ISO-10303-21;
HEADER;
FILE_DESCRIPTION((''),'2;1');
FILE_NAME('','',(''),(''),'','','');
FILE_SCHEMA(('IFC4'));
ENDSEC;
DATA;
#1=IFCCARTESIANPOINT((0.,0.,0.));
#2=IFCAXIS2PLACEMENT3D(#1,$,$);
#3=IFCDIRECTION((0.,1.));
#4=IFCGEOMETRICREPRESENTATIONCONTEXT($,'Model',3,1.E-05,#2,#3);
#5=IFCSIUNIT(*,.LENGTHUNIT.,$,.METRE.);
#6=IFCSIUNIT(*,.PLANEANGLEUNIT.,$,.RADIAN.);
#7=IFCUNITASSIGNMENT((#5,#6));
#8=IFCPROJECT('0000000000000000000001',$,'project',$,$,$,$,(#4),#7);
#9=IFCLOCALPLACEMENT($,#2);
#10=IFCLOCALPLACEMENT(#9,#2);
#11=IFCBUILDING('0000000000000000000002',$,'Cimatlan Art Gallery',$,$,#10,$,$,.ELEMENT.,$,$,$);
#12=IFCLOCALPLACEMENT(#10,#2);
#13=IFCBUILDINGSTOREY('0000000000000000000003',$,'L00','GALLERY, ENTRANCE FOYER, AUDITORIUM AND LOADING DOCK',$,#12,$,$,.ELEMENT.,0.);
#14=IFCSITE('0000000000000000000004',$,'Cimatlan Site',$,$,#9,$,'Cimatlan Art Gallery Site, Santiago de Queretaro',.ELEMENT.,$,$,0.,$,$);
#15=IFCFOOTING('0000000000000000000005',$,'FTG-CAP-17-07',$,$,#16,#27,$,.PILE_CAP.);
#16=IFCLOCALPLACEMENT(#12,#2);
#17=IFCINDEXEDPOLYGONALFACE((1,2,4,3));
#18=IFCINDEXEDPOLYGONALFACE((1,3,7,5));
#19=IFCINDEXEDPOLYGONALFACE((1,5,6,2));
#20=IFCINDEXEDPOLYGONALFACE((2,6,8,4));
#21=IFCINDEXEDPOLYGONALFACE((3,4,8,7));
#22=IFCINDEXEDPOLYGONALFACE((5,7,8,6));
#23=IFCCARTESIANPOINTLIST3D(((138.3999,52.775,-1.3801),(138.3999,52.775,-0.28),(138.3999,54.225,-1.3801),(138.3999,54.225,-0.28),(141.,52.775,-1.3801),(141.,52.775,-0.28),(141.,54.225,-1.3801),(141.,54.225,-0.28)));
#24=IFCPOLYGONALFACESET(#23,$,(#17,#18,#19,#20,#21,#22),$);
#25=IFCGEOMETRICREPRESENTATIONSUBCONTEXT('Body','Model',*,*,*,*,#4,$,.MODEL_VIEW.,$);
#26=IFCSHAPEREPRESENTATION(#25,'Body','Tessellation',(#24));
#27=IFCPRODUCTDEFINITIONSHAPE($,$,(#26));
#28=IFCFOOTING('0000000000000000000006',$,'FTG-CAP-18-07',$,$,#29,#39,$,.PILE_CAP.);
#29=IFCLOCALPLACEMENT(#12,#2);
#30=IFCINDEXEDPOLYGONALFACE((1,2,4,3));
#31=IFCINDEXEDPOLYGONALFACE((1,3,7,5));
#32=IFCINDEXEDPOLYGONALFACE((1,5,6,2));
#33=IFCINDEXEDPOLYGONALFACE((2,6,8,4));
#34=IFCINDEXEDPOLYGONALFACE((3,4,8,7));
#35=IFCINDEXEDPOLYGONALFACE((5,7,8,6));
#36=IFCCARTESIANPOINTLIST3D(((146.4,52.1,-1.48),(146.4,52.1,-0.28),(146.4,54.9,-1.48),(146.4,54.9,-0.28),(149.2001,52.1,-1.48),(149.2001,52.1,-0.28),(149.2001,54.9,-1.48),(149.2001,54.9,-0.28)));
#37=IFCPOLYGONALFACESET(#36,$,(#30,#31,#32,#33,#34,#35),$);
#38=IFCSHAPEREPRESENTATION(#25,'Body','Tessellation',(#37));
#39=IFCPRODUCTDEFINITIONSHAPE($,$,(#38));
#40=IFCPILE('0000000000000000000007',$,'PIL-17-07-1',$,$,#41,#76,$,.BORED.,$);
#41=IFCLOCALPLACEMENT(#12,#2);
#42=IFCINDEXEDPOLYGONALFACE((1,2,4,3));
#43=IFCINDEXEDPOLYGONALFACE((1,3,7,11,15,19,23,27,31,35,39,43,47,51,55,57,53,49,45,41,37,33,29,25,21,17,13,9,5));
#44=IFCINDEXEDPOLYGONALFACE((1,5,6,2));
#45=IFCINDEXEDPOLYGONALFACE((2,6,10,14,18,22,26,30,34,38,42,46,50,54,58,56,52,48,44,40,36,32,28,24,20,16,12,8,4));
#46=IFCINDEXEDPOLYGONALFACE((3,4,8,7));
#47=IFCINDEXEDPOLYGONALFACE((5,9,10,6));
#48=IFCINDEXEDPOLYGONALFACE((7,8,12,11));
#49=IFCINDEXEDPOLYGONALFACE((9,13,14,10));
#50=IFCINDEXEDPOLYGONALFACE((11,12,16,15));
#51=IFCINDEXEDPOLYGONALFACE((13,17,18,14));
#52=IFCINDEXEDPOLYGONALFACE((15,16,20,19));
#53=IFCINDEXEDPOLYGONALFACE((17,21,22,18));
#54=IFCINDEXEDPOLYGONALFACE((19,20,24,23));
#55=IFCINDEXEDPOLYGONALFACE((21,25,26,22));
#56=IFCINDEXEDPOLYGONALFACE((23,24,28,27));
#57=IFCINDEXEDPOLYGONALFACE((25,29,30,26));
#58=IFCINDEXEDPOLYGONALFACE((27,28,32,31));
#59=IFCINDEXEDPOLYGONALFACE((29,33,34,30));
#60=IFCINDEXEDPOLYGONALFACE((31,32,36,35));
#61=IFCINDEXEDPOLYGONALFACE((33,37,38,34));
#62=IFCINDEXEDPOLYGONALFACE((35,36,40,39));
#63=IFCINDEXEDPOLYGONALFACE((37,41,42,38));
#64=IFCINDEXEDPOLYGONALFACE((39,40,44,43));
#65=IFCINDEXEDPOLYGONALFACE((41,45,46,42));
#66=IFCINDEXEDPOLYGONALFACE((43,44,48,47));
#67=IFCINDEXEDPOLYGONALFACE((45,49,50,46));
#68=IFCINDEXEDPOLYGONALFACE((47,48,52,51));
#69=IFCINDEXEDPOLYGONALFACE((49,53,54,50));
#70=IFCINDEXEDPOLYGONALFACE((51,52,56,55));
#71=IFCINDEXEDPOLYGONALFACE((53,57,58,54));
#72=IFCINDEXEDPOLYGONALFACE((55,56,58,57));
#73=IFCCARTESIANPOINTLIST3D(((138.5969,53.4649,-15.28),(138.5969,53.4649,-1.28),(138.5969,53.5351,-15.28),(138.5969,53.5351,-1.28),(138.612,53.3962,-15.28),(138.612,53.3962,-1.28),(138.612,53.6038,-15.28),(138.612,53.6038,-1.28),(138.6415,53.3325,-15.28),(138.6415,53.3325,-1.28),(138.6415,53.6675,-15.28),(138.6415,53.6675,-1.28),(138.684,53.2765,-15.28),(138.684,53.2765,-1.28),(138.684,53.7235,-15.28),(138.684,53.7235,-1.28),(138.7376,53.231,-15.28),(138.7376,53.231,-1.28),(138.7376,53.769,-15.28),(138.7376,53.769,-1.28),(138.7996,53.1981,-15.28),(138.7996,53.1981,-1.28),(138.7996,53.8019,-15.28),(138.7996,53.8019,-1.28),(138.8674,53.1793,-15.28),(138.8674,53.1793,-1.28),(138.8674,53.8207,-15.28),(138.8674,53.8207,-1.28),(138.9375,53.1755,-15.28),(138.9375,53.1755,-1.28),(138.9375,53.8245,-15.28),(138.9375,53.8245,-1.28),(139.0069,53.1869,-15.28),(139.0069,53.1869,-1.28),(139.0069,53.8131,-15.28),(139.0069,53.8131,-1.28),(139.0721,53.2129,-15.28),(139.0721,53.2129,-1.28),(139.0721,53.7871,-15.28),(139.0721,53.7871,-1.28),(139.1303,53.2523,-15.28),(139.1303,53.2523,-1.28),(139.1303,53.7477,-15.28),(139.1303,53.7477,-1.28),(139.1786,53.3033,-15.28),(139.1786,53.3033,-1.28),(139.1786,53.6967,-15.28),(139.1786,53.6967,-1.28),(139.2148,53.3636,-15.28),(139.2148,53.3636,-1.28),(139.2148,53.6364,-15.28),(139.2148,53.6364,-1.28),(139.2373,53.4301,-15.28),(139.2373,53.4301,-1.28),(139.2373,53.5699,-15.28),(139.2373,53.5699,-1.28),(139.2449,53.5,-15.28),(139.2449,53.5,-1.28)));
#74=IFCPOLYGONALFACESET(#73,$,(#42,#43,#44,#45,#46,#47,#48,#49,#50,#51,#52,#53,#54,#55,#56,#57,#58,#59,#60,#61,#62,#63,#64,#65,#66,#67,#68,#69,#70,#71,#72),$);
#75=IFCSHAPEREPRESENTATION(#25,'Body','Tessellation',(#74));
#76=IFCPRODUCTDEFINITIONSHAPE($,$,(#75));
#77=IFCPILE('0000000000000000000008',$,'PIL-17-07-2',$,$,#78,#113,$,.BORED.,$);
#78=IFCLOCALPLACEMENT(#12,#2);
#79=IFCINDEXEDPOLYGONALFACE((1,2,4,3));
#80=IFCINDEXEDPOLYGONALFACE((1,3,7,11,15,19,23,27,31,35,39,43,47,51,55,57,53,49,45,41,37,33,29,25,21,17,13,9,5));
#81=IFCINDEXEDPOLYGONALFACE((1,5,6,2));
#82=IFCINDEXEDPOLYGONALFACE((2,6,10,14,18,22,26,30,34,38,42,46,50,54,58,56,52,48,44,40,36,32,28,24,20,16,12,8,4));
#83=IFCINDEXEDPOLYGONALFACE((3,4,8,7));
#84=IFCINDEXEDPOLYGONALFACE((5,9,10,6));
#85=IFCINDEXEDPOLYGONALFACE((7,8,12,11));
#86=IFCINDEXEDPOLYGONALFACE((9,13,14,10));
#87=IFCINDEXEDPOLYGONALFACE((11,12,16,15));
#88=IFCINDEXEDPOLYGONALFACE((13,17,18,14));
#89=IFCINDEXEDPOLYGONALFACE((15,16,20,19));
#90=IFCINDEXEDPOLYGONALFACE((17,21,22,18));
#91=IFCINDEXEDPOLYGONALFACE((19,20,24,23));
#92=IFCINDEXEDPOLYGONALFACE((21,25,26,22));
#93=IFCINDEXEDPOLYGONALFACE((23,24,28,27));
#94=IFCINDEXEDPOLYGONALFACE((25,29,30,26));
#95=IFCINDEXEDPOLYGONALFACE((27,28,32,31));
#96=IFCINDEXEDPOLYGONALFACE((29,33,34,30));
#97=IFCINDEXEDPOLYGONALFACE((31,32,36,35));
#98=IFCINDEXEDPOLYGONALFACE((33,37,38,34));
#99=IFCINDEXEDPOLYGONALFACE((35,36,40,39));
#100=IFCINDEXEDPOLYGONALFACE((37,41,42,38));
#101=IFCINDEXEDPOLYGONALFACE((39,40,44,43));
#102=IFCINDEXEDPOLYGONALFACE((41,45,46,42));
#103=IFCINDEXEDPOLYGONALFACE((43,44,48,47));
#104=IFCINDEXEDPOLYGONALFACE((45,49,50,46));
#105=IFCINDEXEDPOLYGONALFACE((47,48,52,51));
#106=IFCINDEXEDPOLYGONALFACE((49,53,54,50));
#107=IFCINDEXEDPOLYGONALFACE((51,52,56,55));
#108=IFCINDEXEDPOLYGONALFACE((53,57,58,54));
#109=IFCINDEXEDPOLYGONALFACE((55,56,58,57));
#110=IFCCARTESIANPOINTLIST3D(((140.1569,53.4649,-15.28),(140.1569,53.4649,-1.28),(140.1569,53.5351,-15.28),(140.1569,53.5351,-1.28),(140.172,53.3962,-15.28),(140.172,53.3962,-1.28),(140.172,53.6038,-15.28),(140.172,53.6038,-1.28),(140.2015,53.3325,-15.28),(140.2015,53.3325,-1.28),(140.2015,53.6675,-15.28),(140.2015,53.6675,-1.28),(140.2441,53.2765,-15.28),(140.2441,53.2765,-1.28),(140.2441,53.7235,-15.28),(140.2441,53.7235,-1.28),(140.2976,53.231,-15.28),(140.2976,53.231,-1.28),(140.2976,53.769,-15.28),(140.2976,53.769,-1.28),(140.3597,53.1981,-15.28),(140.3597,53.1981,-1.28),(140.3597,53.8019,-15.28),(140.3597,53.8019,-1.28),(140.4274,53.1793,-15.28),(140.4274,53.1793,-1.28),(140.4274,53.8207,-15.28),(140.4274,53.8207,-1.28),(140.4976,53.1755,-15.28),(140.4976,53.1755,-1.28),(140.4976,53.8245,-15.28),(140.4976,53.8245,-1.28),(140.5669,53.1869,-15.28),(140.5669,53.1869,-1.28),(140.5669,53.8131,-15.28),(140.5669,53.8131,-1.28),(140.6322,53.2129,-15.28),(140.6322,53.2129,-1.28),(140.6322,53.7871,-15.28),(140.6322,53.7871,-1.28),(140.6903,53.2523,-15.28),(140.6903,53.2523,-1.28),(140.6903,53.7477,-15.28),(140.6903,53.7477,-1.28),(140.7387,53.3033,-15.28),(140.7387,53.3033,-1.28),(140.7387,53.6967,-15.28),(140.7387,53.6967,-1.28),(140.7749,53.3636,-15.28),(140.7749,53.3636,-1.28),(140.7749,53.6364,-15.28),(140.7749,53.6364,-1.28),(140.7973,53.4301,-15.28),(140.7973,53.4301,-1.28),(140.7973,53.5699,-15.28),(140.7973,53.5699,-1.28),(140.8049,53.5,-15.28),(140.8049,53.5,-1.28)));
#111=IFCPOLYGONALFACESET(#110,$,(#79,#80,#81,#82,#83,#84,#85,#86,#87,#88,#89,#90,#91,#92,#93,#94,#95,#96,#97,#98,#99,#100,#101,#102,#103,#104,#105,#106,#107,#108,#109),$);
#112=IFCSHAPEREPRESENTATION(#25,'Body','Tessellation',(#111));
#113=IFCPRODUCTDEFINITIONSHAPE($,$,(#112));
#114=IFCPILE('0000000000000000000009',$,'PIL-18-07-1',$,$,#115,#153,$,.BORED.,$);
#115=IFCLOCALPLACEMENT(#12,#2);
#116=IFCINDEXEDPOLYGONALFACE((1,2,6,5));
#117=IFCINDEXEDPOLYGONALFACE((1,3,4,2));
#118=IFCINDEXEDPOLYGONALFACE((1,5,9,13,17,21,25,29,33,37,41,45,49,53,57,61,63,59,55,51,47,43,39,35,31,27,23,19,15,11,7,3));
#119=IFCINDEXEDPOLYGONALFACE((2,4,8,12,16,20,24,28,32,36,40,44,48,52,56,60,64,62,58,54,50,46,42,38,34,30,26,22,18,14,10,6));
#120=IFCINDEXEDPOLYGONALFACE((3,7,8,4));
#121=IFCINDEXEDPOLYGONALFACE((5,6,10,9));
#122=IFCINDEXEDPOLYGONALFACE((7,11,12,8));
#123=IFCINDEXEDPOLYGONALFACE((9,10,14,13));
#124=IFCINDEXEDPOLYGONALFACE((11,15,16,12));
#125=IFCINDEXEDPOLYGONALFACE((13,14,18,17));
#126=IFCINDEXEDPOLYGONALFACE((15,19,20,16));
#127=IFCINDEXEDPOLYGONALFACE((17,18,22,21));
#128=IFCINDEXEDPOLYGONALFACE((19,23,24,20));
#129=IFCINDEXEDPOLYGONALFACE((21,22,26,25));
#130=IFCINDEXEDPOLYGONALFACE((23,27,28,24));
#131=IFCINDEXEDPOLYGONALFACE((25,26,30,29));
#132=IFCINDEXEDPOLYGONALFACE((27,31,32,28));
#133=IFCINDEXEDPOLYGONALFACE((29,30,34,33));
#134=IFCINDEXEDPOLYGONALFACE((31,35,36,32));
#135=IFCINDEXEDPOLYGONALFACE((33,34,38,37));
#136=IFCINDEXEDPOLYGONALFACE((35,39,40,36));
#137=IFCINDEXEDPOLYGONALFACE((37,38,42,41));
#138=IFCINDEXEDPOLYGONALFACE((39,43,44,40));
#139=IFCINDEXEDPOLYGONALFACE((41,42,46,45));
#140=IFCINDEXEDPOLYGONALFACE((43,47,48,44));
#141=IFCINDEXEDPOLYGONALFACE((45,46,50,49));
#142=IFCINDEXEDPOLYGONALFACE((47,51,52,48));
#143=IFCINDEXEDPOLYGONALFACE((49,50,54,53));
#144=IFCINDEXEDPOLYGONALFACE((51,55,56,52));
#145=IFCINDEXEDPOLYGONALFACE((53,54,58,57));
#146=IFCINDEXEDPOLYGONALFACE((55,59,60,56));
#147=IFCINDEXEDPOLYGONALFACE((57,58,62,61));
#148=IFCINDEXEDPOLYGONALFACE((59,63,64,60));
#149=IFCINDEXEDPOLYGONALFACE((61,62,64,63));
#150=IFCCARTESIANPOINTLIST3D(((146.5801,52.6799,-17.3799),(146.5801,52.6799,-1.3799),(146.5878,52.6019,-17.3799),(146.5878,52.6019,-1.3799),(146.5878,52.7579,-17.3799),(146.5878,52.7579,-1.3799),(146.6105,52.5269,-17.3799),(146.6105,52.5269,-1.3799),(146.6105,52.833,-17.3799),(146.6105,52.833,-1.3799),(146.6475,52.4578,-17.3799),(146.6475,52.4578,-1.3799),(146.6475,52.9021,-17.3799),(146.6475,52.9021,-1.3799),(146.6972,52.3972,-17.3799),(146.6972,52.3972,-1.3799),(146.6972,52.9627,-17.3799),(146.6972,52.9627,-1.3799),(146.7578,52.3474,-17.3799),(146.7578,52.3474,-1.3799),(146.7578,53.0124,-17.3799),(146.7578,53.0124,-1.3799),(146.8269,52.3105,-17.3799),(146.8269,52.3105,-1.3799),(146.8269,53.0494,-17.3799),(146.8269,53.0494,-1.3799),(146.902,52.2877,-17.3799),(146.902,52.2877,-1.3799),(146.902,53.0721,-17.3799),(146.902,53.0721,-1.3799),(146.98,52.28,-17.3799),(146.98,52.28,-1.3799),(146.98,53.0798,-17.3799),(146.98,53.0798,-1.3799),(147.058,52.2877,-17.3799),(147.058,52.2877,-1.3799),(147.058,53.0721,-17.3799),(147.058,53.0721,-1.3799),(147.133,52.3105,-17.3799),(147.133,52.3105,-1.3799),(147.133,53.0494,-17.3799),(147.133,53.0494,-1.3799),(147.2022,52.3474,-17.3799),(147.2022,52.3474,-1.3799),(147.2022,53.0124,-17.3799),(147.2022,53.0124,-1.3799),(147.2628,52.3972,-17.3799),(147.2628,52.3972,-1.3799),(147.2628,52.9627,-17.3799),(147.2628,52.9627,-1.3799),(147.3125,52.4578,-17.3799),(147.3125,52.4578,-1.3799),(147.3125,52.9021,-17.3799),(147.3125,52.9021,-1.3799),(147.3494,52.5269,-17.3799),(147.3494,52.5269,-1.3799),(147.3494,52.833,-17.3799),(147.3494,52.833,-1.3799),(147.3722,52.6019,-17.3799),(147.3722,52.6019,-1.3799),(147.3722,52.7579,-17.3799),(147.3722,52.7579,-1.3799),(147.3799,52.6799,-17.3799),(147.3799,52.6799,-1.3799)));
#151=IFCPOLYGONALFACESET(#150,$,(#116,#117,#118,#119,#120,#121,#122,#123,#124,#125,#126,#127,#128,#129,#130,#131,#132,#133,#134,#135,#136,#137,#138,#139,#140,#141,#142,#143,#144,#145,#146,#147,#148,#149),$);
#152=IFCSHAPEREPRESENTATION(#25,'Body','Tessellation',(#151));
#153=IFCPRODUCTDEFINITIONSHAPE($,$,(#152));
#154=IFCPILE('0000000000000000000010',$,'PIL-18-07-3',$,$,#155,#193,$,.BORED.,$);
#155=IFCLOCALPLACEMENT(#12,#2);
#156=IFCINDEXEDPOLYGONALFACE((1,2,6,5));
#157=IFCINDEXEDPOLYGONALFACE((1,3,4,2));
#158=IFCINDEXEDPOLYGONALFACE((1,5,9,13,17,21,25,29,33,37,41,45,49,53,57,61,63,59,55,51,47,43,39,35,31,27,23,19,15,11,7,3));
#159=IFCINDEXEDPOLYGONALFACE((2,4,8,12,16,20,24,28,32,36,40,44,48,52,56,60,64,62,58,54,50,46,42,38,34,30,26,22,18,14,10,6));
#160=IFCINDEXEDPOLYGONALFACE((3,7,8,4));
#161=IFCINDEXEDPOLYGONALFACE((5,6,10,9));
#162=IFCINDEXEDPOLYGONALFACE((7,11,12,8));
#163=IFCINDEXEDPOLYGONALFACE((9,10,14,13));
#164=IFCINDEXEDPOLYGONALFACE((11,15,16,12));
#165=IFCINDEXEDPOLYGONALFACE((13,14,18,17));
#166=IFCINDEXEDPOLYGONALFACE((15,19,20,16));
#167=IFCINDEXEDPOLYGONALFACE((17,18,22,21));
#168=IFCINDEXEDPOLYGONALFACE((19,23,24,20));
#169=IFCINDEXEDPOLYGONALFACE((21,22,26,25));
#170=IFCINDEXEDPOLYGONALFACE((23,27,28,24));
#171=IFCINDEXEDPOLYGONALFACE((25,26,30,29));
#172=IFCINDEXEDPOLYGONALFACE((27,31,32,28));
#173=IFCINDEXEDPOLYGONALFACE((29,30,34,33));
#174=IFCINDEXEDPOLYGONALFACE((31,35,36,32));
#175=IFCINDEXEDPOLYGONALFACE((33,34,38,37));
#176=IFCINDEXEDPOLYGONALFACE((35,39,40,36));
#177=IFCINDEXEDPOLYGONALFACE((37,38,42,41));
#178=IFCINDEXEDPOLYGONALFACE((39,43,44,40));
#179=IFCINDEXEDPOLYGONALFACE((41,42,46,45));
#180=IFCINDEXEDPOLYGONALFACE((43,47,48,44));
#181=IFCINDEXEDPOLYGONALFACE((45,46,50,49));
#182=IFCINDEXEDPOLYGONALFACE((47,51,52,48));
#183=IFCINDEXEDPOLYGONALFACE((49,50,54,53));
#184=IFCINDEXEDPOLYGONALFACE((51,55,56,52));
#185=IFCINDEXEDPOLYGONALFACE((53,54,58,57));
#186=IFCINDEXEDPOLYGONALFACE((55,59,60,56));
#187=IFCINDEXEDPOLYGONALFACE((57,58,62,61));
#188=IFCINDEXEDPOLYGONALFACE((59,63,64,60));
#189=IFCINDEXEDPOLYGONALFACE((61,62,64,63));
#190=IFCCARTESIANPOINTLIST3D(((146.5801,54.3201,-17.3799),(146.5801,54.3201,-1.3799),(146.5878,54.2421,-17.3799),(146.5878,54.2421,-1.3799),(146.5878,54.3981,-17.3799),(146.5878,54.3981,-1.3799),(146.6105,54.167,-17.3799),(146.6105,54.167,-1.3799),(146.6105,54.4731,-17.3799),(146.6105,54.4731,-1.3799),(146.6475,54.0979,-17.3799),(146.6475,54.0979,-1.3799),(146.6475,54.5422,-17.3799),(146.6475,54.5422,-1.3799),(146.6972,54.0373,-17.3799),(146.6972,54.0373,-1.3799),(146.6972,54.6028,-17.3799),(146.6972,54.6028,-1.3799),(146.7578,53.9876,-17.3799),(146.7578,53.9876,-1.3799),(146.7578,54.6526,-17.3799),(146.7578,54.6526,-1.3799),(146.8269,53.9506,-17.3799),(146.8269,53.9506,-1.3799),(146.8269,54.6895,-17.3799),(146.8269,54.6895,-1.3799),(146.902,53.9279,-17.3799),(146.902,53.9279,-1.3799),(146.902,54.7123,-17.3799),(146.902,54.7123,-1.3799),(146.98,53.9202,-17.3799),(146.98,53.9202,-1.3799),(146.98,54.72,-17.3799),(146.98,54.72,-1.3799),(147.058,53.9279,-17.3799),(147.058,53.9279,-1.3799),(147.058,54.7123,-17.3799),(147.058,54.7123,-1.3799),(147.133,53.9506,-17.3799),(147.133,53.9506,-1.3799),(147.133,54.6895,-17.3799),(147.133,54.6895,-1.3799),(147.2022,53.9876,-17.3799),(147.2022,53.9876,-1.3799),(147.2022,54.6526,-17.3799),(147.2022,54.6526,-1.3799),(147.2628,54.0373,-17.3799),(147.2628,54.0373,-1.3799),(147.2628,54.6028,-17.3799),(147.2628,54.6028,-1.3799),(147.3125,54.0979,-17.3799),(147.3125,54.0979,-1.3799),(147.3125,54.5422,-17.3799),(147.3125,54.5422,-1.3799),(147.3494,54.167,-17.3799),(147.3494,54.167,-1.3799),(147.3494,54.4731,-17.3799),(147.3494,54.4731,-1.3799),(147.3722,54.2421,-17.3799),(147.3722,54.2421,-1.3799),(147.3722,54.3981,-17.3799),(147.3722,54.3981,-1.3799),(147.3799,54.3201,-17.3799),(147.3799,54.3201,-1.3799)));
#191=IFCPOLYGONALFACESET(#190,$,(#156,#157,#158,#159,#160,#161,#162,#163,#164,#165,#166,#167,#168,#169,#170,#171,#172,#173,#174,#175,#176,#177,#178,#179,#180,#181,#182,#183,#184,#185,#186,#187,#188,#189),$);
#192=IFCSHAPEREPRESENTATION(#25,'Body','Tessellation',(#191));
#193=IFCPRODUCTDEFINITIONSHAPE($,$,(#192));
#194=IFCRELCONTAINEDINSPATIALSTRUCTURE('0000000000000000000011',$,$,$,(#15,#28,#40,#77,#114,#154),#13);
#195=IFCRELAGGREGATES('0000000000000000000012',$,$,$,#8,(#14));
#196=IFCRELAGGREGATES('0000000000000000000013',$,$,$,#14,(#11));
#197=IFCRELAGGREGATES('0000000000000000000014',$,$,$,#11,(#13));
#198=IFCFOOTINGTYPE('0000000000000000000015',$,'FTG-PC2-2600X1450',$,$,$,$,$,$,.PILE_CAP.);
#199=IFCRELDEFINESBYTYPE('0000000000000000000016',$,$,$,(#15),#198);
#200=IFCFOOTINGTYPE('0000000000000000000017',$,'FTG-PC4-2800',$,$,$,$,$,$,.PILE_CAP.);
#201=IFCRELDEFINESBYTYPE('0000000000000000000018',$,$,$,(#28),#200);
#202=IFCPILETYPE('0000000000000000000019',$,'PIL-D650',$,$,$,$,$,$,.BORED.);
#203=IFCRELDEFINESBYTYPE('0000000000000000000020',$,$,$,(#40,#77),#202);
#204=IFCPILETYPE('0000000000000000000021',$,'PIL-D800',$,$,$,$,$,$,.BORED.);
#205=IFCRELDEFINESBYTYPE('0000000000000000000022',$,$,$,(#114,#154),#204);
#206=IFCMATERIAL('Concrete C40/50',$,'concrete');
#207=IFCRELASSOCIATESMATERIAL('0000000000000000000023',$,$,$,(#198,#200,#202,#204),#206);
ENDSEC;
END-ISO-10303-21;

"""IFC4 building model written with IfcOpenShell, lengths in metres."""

from ifc_helpers import new_model, si_unit, direction, frame, origin, origin_2d, place, context, subcontext, project, spatial, rectangle, circle, extrude, material, type_object, element, save


model = new_model("IFC4")

# Units and contexts
model_context = context("Model", 3, precision=1e-05, world=origin(), true_north=direction((0.0, 1.0)))
body_context = subcontext(model_context, "Body", "Model", "MODEL_VIEW")
ifc_project = project(units=[si_unit("LENGTHUNIT", "METRE"), si_unit("PLANEANGLEUNIT", "RADIAN")], contexts=[model_context])

# Site, building, storey
site_placement = place(None, origin())
site = spatial("IfcSite", under=ifc_project, at=site_placement, Name="Cimatlan Site", LongName="Cimatlan Art Gallery Site, Santiago de Queretaro", CompositionType="ELEMENT", RefElevation=0.0)
building_placement = place(site_placement, origin())
building = spatial("IfcBuilding", under=site, at=building_placement, Name="Cimatlan Art Gallery", CompositionType="ELEMENT")
storey_placement = place(building_placement, origin())
storey = spatial("IfcBuildingStorey", under=building, at=storey_placement, Name="L00", Description="GALLERY, ENTRANCE FOYER, AUDITORIUM AND LOADING DOCK", CompositionType="ELEMENT", Elevation=0.0)

# Footings
ifc_material_1 = material(Name="Concrete C40/50", Category="concrete")
footing_type_1 = type_object("IfcFootingType", Name="FTG-PC2-2600X1450", PredefinedType="PILE_CAP", material=ifc_material_1)
footing_1_placement = place(storey_placement, frame((139.7, 53.5, -1.3801), z_axis=(0.0, 0.0, 1.0), x_axis=(1.0, 0.0, 0.0)))
element("IfcFooting", 1, at=footing_1_placement, inside=storey, type_object=footing_type_1, Name="FTG-CAP-17-07", PredefinedType="PILE_CAP", context=body_context, shape_type="SweptSolid", body=[
    extrude(rectangle(XDim=2.6001, YDim=1.45, at=origin_2d()), origin(), (0.0, 0.0, 1.0), 1.1001),
])
footing_type_2 = type_object("IfcFootingType", Name="FTG-PC4-2800", PredefinedType="PILE_CAP", material=ifc_material_1)
footing_2_placement = place(storey_placement, frame((147.8, 53.5, -1.48), z_axis=(0.0, 0.0, 1.0), x_axis=(1.0, 0.0, 0.0)))
element("IfcFooting", 2, at=footing_2_placement, inside=storey, type_object=footing_type_2, Name="FTG-CAP-18-07", PredefinedType="PILE_CAP", context=body_context, shape_type="SweptSolid", body=[
    extrude(rectangle(XDim=2.8, YDim=2.8, at=origin_2d()), origin(), (0.0, 0.0, 1.0), 1.2),
])

# Piles
pile_type_1 = type_object("IfcPileType", Name="PIL-D650", PredefinedType="BORED", material=ifc_material_1)
for number, where, z_axis, x_axis, name in (
    (3, (138.9199, 53.5, -1.28), (0.0, 0.0, -1.0), (1.0, 0.0, 0.0), "PIL-17-07-1"),
    (4, (140.48, 53.5, -1.28), (0.0, 0.0, -1.0), (1.0, 0.0, 0.0), "PIL-17-07-2"),
):
    element("IfcPile", number, at=place(storey_placement, frame(where, z_axis=z_axis, x_axis=x_axis)), inside=storey, type_object=pile_type_1, Name=name, PredefinedType="BORED", context=body_context, shape_type="SweptSolid", body=[
        extrude(circle(Radius=0.325, at=origin_2d()), origin(), (0.0, 0.0, 1.0), 14.0),
    ])
pile_type_2 = type_object("IfcPileType", Name="PIL-D800", PredefinedType="BORED", material=ifc_material_1)
for number, where, z_axis, x_axis, name in (
    (5, (146.98, 52.6799, -1.3799), (0.0, 0.0, -1.0), (1.0, 0.0, 0.0), "PIL-18-07-1"),
    (6, (146.98, 54.3201, -1.3799), (0.0, 0.0, -1.0), (1.0, 0.0, 0.0), "PIL-18-07-3"),
):
    element("IfcPile", number, at=place(storey_placement, frame(where, z_axis=z_axis, x_axis=x_axis)), inside=storey, type_object=pile_type_2, Name=name, PredefinedType="BORED", context=body_context, shape_type="SweptSolid", body=[
        extrude(circle(Radius=0.3999, at=origin_2d()), origin(), (0.0, 0.0, 1.0), 16.0),
    ])

save(model, "model.ifc")
